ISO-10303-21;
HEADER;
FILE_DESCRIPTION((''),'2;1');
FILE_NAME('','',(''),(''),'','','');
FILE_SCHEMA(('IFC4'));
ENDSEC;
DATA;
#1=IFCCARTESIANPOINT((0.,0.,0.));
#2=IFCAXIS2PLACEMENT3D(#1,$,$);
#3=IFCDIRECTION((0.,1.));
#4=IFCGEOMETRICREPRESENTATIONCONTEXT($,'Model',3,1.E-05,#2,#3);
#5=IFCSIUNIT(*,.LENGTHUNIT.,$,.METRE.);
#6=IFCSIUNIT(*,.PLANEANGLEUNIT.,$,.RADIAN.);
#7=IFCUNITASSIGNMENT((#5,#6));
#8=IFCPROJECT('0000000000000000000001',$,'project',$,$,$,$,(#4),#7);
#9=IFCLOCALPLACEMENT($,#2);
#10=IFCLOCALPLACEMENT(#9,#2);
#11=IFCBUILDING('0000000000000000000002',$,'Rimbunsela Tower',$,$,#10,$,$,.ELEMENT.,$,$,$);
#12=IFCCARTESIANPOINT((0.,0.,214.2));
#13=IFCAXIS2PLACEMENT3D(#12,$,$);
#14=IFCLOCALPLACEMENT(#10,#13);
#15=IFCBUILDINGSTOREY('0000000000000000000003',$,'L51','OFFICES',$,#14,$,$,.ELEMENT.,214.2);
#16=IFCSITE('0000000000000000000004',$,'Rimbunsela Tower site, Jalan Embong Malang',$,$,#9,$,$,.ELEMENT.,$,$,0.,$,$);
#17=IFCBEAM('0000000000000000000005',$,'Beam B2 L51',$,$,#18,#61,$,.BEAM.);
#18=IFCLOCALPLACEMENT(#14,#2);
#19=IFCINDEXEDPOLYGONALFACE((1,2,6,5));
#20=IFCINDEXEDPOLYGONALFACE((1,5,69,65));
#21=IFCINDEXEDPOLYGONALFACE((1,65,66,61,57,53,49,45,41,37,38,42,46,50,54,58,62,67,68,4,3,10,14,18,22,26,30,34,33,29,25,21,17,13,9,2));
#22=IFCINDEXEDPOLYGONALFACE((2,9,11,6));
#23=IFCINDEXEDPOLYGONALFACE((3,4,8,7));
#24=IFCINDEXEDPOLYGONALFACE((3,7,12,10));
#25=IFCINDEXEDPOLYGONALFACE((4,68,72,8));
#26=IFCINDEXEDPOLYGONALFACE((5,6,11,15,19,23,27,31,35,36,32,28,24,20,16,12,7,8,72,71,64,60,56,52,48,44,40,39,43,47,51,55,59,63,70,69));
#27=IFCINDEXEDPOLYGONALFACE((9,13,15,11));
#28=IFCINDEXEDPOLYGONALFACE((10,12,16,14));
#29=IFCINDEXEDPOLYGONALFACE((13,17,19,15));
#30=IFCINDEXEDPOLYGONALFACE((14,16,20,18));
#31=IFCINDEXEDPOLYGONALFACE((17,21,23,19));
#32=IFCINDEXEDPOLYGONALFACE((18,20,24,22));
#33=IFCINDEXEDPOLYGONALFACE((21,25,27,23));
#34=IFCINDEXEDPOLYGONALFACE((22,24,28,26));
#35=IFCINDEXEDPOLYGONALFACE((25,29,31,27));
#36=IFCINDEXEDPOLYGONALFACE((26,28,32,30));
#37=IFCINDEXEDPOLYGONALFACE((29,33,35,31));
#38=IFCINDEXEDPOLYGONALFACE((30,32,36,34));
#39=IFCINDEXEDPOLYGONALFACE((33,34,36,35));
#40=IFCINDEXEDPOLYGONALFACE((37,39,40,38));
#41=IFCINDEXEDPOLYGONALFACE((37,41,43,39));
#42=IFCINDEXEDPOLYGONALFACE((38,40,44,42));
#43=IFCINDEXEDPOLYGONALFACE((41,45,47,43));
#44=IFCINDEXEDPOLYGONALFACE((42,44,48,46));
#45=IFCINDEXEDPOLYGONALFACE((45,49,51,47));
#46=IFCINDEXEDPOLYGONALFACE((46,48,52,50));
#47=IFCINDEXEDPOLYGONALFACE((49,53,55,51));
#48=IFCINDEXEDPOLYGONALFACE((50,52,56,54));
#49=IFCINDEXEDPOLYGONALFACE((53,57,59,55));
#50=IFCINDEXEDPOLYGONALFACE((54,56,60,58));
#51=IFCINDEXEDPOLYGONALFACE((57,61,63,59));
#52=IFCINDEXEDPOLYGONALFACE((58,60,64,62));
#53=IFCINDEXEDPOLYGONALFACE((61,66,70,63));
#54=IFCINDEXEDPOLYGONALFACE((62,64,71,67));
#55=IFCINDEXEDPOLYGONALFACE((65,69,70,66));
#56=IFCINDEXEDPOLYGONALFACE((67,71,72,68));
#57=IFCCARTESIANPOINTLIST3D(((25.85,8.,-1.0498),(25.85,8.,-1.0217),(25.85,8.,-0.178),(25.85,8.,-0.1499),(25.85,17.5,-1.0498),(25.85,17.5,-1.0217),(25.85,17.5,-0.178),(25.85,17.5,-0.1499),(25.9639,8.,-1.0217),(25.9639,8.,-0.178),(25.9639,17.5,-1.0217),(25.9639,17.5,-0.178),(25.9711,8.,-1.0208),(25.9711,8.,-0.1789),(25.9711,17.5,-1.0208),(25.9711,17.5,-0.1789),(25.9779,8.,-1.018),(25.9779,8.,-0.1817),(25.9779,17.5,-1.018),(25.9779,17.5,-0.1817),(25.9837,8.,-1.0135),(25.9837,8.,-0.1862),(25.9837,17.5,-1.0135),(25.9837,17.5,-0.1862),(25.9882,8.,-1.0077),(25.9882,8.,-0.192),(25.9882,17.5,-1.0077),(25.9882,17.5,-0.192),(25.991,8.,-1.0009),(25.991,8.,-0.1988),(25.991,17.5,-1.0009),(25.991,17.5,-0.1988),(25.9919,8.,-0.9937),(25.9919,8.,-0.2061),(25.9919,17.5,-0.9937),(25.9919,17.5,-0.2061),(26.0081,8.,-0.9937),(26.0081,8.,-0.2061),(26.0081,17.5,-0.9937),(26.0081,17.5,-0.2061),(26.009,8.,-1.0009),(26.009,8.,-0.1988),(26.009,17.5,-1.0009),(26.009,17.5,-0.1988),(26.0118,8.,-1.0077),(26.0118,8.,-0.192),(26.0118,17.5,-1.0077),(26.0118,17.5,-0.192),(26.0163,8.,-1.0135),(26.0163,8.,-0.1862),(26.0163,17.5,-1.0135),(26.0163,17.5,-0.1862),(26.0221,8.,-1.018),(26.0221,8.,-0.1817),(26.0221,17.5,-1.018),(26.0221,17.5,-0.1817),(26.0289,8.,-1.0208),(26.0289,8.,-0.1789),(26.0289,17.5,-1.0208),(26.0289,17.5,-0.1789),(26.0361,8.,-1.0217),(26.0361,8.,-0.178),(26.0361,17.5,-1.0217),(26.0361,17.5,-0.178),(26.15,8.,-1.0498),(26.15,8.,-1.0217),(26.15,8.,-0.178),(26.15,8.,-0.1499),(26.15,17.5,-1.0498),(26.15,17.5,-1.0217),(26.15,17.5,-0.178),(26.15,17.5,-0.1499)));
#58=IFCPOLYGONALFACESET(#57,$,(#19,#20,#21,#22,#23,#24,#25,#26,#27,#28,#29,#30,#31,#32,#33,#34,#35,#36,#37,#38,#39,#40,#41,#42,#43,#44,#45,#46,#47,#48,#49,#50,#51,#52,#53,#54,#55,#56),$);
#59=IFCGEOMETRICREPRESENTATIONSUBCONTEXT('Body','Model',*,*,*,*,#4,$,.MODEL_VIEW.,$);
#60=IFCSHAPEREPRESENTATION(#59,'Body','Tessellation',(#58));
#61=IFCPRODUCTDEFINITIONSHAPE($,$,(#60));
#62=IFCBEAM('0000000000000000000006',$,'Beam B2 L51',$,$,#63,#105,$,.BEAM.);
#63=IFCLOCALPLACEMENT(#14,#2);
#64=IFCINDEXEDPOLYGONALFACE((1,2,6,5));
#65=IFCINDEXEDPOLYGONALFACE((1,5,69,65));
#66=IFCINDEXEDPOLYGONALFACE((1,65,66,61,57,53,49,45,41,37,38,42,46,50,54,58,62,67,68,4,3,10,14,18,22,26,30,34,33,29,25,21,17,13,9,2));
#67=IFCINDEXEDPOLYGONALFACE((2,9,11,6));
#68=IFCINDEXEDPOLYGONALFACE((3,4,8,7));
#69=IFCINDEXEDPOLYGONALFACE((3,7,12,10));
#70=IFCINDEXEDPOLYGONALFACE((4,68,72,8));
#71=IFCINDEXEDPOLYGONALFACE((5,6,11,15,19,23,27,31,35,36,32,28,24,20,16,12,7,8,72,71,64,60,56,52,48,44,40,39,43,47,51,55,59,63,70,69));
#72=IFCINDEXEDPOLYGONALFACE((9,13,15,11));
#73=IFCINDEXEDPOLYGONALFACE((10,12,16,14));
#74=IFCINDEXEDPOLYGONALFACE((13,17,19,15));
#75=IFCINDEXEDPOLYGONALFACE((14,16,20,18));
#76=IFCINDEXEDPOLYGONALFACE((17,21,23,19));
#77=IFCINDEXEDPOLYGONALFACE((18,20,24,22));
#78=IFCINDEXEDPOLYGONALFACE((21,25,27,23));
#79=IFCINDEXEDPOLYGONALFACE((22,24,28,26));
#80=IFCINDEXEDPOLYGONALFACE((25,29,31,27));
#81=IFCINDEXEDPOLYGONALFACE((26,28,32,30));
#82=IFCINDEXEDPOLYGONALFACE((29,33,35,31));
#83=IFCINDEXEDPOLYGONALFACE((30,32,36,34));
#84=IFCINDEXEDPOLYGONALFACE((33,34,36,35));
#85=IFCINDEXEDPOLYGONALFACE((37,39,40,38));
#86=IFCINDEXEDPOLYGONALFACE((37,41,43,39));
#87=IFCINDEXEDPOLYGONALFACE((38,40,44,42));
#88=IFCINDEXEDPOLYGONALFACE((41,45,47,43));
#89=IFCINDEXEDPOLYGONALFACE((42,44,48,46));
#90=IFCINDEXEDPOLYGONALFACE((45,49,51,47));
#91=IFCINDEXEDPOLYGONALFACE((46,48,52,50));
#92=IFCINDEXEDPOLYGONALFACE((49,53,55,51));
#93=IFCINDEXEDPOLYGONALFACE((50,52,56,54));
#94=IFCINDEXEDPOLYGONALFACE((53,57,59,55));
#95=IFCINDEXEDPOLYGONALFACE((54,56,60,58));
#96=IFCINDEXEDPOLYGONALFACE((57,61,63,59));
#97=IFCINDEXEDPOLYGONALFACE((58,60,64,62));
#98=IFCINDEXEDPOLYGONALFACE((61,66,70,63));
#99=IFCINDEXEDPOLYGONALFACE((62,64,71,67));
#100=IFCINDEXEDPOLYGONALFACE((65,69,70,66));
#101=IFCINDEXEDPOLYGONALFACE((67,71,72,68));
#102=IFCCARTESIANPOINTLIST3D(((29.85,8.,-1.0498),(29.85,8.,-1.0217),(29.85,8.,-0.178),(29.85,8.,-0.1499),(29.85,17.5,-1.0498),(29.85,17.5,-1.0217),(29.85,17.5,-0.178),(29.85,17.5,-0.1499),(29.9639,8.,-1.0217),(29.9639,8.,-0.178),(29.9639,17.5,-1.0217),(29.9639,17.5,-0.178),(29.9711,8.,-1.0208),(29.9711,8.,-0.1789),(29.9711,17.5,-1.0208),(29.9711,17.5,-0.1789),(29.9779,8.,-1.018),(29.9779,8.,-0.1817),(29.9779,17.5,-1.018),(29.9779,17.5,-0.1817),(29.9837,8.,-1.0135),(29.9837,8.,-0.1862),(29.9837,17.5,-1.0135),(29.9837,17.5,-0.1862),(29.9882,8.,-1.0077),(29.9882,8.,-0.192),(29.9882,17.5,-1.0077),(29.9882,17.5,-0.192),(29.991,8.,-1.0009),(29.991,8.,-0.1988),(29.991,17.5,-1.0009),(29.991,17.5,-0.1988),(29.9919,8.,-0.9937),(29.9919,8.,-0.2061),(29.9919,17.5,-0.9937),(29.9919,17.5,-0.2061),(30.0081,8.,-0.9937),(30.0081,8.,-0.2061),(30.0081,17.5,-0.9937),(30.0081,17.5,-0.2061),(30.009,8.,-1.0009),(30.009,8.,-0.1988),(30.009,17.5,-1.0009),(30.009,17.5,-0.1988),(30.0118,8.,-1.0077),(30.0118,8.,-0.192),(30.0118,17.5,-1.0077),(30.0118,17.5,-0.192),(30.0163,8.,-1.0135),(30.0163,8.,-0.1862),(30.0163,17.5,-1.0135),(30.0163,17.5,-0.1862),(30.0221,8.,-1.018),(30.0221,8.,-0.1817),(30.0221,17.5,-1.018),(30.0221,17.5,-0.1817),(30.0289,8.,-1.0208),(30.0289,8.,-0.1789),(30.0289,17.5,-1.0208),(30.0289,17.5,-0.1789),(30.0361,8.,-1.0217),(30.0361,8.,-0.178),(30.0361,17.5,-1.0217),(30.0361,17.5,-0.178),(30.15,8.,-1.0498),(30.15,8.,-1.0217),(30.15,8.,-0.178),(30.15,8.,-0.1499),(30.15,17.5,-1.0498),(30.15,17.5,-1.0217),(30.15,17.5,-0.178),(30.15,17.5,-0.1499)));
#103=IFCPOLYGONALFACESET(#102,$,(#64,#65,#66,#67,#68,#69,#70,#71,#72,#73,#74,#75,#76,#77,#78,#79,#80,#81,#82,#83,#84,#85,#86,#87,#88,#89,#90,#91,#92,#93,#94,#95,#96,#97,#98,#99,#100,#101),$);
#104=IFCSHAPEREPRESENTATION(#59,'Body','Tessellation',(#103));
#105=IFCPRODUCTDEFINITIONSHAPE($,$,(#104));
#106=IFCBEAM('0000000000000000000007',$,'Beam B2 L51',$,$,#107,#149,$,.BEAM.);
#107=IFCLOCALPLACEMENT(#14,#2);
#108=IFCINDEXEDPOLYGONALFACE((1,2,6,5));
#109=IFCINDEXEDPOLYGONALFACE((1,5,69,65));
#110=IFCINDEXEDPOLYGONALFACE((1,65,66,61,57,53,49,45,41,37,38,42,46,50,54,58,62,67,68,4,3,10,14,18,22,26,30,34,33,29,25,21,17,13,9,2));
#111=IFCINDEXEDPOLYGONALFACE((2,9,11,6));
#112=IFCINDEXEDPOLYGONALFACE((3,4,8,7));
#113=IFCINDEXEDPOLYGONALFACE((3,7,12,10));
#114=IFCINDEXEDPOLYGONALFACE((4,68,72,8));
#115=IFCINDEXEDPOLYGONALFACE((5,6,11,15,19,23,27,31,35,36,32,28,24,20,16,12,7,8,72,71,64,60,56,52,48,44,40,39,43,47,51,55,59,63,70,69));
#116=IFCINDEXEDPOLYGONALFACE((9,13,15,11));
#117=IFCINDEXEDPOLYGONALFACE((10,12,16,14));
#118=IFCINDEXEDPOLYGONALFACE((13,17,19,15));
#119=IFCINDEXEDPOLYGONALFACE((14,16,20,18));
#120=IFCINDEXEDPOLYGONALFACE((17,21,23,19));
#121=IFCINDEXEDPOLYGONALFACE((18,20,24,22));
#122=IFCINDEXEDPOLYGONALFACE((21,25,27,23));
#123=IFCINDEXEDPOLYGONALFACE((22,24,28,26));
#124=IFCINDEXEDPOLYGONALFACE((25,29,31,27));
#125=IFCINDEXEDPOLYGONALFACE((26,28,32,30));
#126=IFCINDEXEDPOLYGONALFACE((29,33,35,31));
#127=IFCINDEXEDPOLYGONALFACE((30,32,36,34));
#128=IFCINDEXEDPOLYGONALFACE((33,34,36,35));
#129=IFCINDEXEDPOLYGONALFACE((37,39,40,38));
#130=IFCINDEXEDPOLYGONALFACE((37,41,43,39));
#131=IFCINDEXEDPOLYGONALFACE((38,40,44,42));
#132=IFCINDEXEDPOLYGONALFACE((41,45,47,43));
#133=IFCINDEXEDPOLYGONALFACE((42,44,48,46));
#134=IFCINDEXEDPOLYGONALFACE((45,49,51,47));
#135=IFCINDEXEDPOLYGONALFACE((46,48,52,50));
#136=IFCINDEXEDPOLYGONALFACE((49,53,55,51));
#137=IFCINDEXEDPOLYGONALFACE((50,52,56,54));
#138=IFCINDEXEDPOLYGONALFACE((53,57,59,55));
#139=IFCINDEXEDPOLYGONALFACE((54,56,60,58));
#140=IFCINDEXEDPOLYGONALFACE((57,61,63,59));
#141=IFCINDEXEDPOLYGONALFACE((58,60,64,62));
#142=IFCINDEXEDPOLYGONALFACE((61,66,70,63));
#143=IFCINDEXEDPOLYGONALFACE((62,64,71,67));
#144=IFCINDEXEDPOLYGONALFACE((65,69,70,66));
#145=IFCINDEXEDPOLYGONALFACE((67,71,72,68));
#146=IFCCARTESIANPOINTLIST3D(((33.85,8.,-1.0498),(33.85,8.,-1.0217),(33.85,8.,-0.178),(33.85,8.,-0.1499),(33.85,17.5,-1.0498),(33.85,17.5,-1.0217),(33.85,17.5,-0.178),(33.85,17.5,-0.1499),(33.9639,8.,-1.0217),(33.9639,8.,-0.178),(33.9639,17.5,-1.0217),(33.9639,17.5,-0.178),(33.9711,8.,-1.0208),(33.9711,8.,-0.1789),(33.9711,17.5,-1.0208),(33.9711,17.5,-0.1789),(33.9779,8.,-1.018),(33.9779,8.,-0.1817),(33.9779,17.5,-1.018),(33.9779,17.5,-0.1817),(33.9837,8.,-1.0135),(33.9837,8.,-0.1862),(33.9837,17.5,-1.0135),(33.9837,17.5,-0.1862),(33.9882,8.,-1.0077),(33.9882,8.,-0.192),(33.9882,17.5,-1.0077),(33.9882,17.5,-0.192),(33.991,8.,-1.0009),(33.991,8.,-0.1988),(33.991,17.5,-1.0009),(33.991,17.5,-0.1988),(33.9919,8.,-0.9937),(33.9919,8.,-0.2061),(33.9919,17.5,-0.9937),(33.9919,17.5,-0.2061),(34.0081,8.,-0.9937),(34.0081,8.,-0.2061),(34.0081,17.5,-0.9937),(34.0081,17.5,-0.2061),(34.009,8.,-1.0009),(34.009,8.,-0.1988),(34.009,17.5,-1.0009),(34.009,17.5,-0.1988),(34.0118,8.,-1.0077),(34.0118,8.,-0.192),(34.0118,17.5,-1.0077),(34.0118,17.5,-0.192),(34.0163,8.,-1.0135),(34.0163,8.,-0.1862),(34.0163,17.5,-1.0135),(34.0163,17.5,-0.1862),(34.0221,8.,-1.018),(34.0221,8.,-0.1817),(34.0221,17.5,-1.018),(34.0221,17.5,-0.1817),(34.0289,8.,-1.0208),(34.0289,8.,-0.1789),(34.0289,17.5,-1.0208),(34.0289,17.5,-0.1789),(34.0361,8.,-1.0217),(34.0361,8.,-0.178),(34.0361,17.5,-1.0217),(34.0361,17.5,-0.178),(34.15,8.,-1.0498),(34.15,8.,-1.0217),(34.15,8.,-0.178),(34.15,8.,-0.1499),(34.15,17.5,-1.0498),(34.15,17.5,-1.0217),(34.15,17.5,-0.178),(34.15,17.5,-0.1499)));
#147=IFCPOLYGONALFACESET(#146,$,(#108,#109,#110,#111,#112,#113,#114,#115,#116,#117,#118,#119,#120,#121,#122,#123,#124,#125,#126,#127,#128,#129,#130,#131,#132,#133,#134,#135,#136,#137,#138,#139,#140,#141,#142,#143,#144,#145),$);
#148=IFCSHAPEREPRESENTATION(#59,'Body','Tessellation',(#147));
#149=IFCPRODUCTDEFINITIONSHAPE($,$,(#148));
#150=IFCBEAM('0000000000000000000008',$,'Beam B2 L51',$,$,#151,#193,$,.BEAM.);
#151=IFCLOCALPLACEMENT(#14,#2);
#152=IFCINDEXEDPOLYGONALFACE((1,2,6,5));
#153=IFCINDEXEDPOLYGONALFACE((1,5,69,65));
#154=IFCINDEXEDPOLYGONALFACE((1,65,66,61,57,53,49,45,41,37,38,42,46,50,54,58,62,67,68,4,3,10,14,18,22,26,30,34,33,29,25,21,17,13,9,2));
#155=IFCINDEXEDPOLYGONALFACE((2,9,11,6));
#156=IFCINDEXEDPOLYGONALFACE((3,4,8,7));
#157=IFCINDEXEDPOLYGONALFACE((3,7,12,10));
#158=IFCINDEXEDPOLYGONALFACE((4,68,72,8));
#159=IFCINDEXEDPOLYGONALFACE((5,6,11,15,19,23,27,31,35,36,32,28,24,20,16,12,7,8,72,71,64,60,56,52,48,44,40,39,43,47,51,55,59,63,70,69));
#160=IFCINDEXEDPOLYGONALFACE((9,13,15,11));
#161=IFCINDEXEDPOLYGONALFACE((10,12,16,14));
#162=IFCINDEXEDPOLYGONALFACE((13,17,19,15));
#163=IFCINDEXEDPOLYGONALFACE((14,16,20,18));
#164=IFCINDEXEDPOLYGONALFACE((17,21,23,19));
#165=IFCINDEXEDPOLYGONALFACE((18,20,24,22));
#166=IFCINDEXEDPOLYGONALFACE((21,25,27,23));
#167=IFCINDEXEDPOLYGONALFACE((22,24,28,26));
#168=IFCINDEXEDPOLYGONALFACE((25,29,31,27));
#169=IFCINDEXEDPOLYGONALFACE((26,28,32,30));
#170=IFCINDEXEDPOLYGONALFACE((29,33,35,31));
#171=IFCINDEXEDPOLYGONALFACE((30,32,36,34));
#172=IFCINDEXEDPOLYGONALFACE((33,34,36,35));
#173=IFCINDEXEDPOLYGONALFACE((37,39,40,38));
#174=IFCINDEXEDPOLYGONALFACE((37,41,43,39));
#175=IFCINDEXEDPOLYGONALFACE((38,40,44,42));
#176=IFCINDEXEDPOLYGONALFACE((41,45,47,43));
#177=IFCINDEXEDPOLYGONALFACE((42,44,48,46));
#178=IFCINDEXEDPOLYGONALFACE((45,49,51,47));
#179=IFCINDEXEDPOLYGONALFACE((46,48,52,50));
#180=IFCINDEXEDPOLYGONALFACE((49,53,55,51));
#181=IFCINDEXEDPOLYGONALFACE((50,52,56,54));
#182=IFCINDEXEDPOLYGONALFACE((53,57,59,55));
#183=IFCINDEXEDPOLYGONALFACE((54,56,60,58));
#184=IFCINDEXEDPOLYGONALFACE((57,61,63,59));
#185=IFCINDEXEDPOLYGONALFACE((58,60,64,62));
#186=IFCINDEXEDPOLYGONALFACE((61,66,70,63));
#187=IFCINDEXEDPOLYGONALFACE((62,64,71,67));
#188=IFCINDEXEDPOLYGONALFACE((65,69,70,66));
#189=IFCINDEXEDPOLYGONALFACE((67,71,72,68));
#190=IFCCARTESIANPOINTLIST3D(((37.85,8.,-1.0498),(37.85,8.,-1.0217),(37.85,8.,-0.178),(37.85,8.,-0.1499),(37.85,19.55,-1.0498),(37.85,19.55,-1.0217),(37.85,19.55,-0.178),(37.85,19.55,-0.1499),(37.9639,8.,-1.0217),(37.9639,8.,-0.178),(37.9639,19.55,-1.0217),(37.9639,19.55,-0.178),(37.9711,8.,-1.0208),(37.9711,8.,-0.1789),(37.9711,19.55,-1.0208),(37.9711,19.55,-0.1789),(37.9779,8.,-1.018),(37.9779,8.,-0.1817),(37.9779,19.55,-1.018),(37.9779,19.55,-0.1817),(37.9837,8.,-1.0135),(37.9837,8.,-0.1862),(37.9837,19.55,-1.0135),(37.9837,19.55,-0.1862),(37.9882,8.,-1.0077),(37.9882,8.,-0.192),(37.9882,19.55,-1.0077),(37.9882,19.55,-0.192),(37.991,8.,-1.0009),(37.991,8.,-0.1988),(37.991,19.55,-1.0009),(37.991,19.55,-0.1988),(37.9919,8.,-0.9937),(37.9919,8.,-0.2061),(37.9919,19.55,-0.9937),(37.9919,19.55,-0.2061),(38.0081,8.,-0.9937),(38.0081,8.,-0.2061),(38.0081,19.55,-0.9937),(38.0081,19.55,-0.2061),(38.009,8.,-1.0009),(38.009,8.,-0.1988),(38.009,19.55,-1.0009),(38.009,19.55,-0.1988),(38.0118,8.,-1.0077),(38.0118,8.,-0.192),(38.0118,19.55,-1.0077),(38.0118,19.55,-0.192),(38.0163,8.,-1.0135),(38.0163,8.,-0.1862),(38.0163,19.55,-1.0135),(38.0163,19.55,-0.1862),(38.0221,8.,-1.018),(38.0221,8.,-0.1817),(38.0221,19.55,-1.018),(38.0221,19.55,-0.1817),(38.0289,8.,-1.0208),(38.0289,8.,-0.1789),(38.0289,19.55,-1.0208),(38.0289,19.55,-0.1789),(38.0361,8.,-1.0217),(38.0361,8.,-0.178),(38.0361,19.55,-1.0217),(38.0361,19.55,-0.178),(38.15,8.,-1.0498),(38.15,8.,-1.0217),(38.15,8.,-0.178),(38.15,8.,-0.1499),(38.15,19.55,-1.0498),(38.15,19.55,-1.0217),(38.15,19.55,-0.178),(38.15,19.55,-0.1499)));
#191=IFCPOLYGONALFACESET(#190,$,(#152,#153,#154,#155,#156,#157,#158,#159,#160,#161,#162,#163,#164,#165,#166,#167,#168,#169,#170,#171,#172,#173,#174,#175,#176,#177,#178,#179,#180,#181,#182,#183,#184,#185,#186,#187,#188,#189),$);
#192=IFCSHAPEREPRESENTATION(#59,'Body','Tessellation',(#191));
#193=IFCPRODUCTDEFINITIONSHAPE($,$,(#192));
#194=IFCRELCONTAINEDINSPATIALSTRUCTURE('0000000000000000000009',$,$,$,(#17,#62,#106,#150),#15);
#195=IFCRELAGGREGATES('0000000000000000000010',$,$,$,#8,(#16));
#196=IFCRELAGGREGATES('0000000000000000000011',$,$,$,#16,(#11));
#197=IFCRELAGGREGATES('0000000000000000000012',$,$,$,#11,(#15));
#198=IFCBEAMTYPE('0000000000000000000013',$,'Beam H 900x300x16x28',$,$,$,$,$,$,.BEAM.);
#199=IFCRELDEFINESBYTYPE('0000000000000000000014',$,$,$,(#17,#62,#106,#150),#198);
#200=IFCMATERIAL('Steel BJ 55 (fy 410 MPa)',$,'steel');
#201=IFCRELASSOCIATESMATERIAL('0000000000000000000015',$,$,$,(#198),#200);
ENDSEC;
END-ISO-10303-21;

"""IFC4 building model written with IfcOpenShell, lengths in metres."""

from ifc_helpers import new_model, si_unit, direction, frame, origin, origin_2d, place, context, subcontext, project, spatial, i_section, extrude, material, material_profile, profile_set, type_object, element, save


model = new_model("IFC4")

# Units and contexts
model_context = context("Model", 3, precision=1e-05, world=origin(), true_north=direction((0.0, 1.0)))
body_context = subcontext(model_context, "Body", "Model", "MODEL_VIEW")
ifc_project = project(units=[si_unit("LENGTHUNIT", "METRE"), si_unit("PLANEANGLEUNIT", "RADIAN")], contexts=[model_context])

# Site, building, storey
site_placement = place(None, origin())
site = spatial("IfcSite", under=ifc_project, at=site_placement, Name="Rimbunsela Tower site, Jalan Embong Malang", CompositionType="ELEMENT", RefElevation=0.0)
building_placement = place(site_placement, origin())
building = spatial("IfcBuilding", under=site, at=building_placement, Name="Rimbunsela Tower", CompositionType="ELEMENT")
storey_placement = place(building_placement, frame((0.0, 0.0, 214.2)))
storey = spatial("IfcBuildingStorey", under=building, at=storey_placement, Name="L51", Description="OFFICES", CompositionType="ELEMENT", Elevation=214.2)

# Beams
ifc_material_1 = material(Name="Steel BJ 55 (fy 410 MPa)", Category="steel")
ifc_material_profile_1 = material_profile(ifc_material_1, i_section(OverallWidth=0.3, OverallDepth=0.8999, WebThickness=0.0161, FlangeThickness=0.0281, FilletRadius=0.0281, at=origin_2d()), Name="H 900x300x16x28")
ifc_profile_set_1 = profile_set([ifc_material_profile_1], Name="Steel BJ 55 (fy 410 MPa)")
beam_type_1 = type_object("IfcBeamType", Name="Beam H 900x300x16x28", PredefinedType="BEAM", material=ifc_profile_set_1)
for number, where, z_axis, x_axis, name in (
    (1, (26.0, 8.0, -0.5999), (0.0, 1.0, 0.0), (-1.0, 0.0, 0.0), "Beam B2 L51"),
    (2, (30.0, 8.0, -0.5999), (0.0, 1.0, 0.0), (-1.0, 0.0, 0.0), "Beam B2 L51"),
    (3, (34.0, 8.0, -0.5999), (0.0, 1.0, 0.0), (-1.0, 0.0, 0.0), "Beam B2 L51"),
):
    element("IfcBeam", number, at=place(storey_placement, frame(where, z_axis=z_axis, x_axis=x_axis)), inside=storey, type_object=beam_type_1, Name=name, PredefinedType="BEAM", context=body_context, shape_type="SweptSolid", body=[
        extrude(i_section(OverallWidth=0.3, OverallDepth=0.8999, WebThickness=0.0161, FlangeThickness=0.0281, FilletRadius=0.0281, at=origin_2d()), origin(), (0.0, 0.0, 1.0), 9.5),
    ])
beam_placement = place(storey_placement, frame((38.0, 8.0, -0.5999), z_axis=(0.0, 1.0, 0.0), x_axis=(-1.0, 0.0, 0.0)))
element("IfcBeam", 4, at=beam_placement, inside=storey, type_object=beam_type_1, Name="Beam B2 L51", PredefinedType="BEAM", context=body_context, shape_type="SweptSolid", body=[
    extrude(i_section(OverallWidth=0.3, OverallDepth=0.8999, WebThickness=0.0161, FlangeThickness=0.0281, FilletRadius=0.0281, at=origin_2d()), origin(), (0.0, 0.0, 1.0), 11.55),
])

save(model, "model.ifc")
